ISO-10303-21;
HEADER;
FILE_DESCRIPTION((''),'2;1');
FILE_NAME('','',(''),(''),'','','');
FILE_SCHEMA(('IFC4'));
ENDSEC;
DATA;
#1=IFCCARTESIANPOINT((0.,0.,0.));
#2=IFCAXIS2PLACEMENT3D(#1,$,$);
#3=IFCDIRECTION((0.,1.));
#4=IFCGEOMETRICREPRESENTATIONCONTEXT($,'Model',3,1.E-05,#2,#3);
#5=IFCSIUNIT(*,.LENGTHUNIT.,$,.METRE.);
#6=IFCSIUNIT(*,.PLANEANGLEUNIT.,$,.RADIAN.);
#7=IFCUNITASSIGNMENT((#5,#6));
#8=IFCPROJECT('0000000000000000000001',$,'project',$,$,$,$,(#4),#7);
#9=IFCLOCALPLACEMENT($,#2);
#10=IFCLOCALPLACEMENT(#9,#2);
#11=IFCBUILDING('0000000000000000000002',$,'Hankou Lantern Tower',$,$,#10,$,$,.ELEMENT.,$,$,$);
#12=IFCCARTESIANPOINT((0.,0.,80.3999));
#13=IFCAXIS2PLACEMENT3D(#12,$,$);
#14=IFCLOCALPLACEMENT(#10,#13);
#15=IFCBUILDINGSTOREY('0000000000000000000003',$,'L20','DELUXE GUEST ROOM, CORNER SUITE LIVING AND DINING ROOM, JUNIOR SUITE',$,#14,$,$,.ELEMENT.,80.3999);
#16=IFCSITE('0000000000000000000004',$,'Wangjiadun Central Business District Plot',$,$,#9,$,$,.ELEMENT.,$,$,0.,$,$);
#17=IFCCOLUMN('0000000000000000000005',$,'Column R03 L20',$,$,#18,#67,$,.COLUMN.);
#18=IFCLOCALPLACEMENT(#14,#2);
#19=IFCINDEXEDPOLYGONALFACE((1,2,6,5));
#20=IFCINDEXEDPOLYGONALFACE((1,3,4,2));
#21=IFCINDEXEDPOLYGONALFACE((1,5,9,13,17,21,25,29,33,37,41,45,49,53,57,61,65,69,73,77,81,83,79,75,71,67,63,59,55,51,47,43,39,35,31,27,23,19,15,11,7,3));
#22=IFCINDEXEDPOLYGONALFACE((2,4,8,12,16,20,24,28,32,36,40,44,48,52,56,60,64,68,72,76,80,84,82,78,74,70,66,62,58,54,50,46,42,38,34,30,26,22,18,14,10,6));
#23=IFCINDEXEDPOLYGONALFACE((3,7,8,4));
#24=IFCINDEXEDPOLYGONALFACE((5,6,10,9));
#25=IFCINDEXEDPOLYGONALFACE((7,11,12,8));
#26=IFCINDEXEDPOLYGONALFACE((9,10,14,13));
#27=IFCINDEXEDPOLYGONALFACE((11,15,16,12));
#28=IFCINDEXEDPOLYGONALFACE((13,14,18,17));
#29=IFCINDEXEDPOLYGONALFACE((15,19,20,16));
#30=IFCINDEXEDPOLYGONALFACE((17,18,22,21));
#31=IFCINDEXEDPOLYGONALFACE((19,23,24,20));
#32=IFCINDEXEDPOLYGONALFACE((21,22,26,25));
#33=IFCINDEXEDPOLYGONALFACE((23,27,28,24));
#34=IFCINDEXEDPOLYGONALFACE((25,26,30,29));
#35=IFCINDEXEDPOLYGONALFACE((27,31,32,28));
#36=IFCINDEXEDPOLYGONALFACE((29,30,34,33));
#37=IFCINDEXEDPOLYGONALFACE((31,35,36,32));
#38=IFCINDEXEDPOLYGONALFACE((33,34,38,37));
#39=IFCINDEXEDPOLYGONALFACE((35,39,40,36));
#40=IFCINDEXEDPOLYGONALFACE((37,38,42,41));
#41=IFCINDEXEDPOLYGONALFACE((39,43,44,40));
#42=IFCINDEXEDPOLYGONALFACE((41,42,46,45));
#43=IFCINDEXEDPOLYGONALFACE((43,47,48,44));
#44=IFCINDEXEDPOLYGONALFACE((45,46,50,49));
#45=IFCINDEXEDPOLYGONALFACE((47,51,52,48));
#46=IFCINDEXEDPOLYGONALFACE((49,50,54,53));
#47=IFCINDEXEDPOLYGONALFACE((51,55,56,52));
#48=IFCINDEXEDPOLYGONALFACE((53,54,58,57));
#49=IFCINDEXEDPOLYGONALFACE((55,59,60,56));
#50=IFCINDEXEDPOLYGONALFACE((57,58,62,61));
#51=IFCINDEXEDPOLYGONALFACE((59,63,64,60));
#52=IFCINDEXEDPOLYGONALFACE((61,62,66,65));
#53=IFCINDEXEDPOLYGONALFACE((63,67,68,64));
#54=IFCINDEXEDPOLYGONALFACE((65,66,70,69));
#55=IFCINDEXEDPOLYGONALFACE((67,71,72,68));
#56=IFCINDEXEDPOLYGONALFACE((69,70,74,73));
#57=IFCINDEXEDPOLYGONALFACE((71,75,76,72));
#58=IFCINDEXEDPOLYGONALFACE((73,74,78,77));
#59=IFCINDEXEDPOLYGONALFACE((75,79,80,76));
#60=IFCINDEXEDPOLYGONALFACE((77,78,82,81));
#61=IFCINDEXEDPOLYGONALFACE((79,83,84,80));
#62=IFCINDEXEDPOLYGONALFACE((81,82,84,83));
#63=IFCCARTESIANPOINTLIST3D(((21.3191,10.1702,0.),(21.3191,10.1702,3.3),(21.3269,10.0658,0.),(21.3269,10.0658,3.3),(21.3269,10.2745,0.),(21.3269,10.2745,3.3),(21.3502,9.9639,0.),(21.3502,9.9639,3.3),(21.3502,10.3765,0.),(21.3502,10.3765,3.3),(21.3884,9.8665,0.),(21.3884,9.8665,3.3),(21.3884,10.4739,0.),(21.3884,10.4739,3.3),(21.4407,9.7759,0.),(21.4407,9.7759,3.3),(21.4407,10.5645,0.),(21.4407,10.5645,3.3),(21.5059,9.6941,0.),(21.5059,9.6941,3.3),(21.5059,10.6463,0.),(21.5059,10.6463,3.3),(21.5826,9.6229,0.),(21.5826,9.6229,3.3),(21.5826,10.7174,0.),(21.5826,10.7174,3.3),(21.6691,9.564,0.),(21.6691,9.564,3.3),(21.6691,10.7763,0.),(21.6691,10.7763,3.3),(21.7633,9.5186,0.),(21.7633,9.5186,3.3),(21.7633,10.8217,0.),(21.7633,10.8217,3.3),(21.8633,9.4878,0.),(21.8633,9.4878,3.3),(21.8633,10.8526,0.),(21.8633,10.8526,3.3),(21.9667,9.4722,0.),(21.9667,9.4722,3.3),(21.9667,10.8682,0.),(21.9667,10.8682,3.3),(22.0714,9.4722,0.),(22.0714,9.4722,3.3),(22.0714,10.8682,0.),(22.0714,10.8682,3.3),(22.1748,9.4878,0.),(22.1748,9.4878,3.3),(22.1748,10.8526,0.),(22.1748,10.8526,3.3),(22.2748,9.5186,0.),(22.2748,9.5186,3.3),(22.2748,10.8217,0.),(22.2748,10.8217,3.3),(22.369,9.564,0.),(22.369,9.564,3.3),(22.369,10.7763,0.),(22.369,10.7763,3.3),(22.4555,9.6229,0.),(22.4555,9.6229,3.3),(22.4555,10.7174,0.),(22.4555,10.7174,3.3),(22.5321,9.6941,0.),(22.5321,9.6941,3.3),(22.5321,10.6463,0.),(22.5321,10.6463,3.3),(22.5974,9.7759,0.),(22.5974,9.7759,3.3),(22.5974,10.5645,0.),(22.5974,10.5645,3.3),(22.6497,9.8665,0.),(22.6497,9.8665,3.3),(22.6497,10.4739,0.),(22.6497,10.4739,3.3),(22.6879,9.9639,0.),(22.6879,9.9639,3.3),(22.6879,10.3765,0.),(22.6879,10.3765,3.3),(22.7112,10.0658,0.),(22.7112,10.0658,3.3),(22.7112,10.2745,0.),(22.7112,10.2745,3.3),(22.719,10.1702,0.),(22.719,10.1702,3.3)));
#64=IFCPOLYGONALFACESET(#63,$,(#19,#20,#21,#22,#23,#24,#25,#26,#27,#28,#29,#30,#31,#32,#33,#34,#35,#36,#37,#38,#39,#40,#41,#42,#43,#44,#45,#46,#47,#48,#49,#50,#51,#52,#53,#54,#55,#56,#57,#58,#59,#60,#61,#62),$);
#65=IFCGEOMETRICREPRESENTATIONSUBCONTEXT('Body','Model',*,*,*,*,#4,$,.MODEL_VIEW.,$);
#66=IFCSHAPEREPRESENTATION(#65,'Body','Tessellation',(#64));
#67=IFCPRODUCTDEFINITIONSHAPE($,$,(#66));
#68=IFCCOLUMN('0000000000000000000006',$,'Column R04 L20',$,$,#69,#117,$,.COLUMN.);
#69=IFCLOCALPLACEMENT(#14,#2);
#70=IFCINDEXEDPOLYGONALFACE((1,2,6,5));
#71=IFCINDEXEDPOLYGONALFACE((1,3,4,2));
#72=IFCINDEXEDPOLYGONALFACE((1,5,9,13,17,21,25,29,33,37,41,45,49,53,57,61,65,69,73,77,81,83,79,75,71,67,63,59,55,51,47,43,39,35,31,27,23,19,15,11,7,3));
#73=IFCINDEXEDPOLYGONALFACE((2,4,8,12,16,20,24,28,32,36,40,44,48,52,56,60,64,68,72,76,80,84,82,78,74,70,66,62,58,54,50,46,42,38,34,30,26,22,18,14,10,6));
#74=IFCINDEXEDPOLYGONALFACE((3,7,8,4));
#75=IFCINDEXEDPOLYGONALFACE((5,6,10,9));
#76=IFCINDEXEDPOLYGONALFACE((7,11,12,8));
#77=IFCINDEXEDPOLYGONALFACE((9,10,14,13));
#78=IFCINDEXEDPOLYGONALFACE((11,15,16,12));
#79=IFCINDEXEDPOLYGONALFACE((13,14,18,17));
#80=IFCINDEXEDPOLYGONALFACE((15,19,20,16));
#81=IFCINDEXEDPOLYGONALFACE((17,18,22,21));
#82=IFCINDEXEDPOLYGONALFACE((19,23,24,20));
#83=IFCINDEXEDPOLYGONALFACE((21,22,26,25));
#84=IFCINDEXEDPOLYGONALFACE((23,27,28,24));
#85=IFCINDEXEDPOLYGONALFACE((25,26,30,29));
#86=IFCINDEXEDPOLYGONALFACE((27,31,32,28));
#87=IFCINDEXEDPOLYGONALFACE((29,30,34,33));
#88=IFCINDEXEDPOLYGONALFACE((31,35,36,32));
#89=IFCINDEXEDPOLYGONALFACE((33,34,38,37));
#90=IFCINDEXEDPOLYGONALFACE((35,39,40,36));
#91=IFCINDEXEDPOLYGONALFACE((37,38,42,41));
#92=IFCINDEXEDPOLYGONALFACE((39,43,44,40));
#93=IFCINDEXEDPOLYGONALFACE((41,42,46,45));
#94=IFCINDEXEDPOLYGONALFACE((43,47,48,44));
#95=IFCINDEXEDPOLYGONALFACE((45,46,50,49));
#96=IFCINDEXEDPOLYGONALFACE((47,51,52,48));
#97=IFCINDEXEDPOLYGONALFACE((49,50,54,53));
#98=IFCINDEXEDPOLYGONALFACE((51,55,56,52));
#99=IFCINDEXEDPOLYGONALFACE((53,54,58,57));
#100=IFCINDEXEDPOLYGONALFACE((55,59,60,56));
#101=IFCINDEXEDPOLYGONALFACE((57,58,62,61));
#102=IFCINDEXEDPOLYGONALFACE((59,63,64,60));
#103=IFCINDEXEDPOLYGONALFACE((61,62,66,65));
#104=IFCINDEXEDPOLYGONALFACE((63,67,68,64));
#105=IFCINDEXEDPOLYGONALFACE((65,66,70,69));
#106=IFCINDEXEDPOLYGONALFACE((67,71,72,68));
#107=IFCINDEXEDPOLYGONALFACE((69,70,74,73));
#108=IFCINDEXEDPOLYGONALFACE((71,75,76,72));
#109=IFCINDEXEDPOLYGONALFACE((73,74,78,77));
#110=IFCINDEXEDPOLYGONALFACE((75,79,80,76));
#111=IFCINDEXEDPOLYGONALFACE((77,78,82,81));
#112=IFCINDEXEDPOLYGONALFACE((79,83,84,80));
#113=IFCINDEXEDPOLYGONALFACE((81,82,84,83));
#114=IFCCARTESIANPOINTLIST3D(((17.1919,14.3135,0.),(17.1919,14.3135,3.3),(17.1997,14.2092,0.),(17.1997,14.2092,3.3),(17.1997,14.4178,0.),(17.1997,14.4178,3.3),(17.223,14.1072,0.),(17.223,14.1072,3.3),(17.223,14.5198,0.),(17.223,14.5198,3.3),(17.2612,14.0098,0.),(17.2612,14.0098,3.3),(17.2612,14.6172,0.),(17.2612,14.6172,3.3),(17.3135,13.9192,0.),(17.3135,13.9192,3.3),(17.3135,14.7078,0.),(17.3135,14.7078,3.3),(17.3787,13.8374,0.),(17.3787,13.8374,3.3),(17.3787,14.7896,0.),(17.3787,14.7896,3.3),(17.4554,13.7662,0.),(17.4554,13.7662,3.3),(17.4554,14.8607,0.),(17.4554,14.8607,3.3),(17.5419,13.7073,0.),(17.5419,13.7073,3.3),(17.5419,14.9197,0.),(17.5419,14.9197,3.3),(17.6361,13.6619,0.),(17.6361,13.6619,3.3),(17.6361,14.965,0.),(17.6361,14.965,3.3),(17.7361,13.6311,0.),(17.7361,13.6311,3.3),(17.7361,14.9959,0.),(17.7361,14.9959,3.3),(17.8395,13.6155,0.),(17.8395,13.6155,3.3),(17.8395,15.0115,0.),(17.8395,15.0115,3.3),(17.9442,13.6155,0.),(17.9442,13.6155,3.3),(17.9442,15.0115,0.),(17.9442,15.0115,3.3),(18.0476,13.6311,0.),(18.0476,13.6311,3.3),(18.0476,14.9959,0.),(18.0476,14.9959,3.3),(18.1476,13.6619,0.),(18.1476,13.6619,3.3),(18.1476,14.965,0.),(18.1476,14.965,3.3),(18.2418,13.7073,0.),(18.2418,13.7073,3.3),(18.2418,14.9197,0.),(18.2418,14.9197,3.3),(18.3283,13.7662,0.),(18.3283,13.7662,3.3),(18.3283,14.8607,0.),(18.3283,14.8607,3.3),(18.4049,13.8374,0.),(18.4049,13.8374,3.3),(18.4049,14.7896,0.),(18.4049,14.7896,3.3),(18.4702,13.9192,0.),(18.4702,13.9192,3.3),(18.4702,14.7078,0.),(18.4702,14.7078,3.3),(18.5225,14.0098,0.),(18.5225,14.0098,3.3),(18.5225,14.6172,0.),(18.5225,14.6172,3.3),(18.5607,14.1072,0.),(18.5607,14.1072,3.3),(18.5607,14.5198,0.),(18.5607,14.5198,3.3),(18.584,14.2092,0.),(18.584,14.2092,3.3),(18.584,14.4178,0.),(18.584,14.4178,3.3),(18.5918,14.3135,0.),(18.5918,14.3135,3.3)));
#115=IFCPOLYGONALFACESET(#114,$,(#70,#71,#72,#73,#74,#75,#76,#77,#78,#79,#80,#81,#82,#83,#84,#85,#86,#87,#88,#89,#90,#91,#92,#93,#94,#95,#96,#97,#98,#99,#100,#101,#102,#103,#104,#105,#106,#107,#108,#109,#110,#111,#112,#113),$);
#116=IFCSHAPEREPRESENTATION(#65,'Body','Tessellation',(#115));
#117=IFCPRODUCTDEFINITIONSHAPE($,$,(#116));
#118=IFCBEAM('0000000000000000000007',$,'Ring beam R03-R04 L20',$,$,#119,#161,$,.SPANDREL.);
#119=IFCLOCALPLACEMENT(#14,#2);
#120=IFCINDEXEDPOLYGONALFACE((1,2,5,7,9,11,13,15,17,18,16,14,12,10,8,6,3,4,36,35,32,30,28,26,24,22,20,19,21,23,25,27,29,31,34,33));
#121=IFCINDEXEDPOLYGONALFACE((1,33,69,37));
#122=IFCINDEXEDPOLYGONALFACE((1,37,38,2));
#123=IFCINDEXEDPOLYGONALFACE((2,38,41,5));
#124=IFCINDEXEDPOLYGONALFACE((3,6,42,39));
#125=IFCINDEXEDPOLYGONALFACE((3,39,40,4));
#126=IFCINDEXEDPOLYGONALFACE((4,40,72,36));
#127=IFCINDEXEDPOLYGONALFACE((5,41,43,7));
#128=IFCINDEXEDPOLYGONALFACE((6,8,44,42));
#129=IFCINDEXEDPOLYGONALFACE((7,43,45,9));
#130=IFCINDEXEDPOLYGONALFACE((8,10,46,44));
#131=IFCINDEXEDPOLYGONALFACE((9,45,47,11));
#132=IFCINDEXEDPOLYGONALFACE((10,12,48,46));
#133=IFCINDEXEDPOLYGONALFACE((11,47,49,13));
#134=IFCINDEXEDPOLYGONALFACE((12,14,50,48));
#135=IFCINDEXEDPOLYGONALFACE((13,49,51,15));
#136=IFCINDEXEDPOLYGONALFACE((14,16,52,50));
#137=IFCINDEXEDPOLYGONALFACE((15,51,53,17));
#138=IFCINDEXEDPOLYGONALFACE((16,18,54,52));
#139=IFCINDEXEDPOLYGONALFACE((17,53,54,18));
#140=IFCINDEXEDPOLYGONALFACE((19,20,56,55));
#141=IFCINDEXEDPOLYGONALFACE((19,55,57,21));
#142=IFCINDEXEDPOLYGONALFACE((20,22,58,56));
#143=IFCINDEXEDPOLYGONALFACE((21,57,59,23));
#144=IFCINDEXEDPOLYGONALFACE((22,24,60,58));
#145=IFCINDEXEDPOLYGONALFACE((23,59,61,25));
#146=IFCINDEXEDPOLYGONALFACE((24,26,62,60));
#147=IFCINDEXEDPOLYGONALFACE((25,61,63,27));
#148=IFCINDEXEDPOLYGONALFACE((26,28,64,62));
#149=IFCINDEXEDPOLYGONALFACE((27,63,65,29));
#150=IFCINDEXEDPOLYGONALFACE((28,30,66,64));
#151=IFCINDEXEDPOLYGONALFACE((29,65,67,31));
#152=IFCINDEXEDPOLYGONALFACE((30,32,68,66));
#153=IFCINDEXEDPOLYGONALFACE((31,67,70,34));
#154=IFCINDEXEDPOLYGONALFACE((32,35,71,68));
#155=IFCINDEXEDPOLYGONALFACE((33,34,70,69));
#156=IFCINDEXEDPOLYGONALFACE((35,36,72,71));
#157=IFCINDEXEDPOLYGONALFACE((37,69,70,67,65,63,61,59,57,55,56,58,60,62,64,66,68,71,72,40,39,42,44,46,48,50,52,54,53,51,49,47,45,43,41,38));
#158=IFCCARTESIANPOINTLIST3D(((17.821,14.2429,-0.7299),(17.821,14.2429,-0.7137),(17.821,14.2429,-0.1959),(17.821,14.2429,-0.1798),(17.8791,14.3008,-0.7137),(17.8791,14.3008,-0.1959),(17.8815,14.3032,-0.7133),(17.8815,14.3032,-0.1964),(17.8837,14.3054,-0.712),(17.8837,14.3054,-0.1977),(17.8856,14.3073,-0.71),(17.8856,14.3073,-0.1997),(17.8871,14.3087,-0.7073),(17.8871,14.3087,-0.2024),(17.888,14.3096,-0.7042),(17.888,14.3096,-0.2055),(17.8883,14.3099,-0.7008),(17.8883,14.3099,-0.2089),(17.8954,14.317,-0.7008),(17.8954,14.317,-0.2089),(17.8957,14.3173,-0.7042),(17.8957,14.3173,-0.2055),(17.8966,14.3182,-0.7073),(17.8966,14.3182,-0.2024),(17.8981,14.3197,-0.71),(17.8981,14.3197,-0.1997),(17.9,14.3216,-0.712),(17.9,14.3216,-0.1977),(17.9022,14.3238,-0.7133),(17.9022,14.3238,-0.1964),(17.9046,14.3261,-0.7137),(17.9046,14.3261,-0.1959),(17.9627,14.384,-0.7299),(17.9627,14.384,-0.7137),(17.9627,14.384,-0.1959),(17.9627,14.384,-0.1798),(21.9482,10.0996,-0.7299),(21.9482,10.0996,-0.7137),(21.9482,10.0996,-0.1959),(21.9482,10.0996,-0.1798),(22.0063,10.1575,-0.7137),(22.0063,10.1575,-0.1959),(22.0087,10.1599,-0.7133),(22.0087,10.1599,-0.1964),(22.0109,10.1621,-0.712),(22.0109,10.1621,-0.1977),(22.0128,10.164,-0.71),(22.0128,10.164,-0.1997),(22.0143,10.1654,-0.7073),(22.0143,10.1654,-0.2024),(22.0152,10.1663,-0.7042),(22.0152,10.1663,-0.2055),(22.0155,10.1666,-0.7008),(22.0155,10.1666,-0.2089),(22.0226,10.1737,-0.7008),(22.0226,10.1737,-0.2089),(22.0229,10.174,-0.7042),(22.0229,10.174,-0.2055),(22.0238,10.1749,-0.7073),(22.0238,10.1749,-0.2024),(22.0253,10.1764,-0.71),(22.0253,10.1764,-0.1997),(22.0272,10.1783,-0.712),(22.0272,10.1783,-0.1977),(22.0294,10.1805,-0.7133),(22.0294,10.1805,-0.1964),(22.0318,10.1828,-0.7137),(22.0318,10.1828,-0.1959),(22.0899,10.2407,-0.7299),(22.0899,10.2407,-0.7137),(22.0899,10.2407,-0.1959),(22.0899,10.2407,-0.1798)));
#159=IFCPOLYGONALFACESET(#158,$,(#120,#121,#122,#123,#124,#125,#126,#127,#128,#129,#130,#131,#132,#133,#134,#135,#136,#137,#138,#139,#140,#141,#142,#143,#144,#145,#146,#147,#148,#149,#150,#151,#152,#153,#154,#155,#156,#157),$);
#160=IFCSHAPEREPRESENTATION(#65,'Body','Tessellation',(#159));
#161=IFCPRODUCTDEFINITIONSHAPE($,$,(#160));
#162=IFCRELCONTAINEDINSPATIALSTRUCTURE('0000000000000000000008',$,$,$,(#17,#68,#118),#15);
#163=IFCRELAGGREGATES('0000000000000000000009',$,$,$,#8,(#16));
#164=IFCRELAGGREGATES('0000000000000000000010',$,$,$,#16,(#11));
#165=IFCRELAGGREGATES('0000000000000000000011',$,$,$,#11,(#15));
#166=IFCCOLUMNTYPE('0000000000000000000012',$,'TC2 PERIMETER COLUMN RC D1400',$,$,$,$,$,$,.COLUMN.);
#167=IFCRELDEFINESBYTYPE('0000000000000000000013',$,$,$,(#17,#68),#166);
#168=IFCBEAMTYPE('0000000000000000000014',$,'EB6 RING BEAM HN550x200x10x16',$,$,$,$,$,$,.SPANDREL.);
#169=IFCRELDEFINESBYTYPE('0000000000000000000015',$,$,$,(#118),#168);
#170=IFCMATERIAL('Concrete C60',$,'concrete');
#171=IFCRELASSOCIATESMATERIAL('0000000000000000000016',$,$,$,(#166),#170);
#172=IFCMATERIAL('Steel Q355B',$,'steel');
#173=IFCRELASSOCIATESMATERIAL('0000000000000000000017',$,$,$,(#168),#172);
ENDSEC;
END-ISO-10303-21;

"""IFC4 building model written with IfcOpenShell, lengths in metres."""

from ifc_helpers import new_model, si_unit, direction, frame, origin, origin_2d, place, context, subcontext, project, spatial, circle, i_section, extrude, material, material_profile, profile_set, type_object, element, save


model = new_model("IFC4")

# Units and contexts
model_context = context("Model", 3, precision=1e-05, world=origin(), true_north=direction((0.0, 1.0)))
body_context = subcontext(model_context, "Body", "Model", "MODEL_VIEW")
ifc_project = project(units=[si_unit("LENGTHUNIT", "METRE"), si_unit("PLANEANGLEUNIT", "RADIAN")], contexts=[model_context])

# Site, building, storey
site_placement = place(None, origin())
site = spatial("IfcSite", under=ifc_project, at=site_placement, Name="Wangjiadun Central Business District Plot", CompositionType="ELEMENT", RefElevation=0.0)
building_placement = place(site_placement, origin())
building = spatial("IfcBuilding", under=site, at=building_placement, Name="Hankou Lantern Tower", CompositionType="ELEMENT")
storey_placement = place(building_placement, frame((0.0, 0.0, 80.3999)))
storey = spatial("IfcBuildingStorey", under=building, at=storey_placement, Name="L20", Description="DELUXE GUEST ROOM, CORNER SUITE LIVING AND DINING ROOM, JUNIOR SUITE", CompositionType="ELEMENT", Elevation=80.3999)

# Columns
ifc_material_1 = material(Name="Concrete C60", Category="concrete")
ifc_material_profile_1 = material_profile(ifc_material_1, circle(Radius=0.7, at=origin_2d()), Name="RC D1400")
ifc_profile_set_1 = profile_set([ifc_material_profile_1], Name="Concrete C60")
column_type = type_object("IfcColumnType", Name="TC2 PERIMETER COLUMN RC D1400", PredefinedType="COLUMN", material=ifc_profile_set_1)
for number, where, z_axis, x_axis, name in (
    (1, (22.019, 10.1702, 0.0), (0.0, 0.0, 1.0), (1.0, 0.0, 0.0), "Column R03 L20"),
    (2, (17.8918, 14.3135, 0.0), (0.0, 0.0, 1.0), (1.0, 0.0, 0.0), "Column R04 L20"),
):
    element("IfcColumn", number, at=place(storey_placement, frame(where, z_axis=z_axis, x_axis=x_axis)), inside=storey, type_object=column_type, Name=name, PredefinedType="COLUMN", context=body_context, shape_type="SweptSolid", body=[
        extrude(circle(Radius=0.7, at=origin_2d()), origin(), (0.0, 0.0, 1.0), 3.3),
    ])

# Beam
ifc_material_2 = material(Name="Steel Q355B", Category="steel")
ifc_material_profile_2 = material_profile(ifc_material_2, i_section(OverallWidth=0.2, OverallDepth=0.55, WebThickness=0.01, FlangeThickness=0.0161, FilletRadius=0.0129, at=origin_2d()), Name="HN550x200x10x16")
ifc_profile_set_2 = profile_set([ifc_material_profile_2], Name="Steel Q355B")
beam_type_1 = type_object("IfcBeamType", Name="EB6 RING BEAM HN550x200x10x16", PredefinedType="SPANDREL", material=ifc_profile_set_2)
beam_1_placement = place(storey_placement, frame((22.019, 10.1702, -0.4548), z_axis=(-0.705728, 0.708483, 0.0), x_axis=(-0.708483, -0.705728, 0.0)))
element("IfcBeam", 3, at=beam_1_placement, inside=storey, type_object=beam_type_1, Name="Ring beam R03-R04 L20", PredefinedType="SPANDREL", context=body_context, shape_type="SweptSolid", body=[
    extrude(i_section(OverallWidth=0.2, OverallDepth=0.55, WebThickness=0.01, FlangeThickness=0.0161, FilletRadius=0.0129, at=origin_2d()), origin(), (0.0, 0.0, 1.0), 5.8481),
])

save(model, "model.ifc")
